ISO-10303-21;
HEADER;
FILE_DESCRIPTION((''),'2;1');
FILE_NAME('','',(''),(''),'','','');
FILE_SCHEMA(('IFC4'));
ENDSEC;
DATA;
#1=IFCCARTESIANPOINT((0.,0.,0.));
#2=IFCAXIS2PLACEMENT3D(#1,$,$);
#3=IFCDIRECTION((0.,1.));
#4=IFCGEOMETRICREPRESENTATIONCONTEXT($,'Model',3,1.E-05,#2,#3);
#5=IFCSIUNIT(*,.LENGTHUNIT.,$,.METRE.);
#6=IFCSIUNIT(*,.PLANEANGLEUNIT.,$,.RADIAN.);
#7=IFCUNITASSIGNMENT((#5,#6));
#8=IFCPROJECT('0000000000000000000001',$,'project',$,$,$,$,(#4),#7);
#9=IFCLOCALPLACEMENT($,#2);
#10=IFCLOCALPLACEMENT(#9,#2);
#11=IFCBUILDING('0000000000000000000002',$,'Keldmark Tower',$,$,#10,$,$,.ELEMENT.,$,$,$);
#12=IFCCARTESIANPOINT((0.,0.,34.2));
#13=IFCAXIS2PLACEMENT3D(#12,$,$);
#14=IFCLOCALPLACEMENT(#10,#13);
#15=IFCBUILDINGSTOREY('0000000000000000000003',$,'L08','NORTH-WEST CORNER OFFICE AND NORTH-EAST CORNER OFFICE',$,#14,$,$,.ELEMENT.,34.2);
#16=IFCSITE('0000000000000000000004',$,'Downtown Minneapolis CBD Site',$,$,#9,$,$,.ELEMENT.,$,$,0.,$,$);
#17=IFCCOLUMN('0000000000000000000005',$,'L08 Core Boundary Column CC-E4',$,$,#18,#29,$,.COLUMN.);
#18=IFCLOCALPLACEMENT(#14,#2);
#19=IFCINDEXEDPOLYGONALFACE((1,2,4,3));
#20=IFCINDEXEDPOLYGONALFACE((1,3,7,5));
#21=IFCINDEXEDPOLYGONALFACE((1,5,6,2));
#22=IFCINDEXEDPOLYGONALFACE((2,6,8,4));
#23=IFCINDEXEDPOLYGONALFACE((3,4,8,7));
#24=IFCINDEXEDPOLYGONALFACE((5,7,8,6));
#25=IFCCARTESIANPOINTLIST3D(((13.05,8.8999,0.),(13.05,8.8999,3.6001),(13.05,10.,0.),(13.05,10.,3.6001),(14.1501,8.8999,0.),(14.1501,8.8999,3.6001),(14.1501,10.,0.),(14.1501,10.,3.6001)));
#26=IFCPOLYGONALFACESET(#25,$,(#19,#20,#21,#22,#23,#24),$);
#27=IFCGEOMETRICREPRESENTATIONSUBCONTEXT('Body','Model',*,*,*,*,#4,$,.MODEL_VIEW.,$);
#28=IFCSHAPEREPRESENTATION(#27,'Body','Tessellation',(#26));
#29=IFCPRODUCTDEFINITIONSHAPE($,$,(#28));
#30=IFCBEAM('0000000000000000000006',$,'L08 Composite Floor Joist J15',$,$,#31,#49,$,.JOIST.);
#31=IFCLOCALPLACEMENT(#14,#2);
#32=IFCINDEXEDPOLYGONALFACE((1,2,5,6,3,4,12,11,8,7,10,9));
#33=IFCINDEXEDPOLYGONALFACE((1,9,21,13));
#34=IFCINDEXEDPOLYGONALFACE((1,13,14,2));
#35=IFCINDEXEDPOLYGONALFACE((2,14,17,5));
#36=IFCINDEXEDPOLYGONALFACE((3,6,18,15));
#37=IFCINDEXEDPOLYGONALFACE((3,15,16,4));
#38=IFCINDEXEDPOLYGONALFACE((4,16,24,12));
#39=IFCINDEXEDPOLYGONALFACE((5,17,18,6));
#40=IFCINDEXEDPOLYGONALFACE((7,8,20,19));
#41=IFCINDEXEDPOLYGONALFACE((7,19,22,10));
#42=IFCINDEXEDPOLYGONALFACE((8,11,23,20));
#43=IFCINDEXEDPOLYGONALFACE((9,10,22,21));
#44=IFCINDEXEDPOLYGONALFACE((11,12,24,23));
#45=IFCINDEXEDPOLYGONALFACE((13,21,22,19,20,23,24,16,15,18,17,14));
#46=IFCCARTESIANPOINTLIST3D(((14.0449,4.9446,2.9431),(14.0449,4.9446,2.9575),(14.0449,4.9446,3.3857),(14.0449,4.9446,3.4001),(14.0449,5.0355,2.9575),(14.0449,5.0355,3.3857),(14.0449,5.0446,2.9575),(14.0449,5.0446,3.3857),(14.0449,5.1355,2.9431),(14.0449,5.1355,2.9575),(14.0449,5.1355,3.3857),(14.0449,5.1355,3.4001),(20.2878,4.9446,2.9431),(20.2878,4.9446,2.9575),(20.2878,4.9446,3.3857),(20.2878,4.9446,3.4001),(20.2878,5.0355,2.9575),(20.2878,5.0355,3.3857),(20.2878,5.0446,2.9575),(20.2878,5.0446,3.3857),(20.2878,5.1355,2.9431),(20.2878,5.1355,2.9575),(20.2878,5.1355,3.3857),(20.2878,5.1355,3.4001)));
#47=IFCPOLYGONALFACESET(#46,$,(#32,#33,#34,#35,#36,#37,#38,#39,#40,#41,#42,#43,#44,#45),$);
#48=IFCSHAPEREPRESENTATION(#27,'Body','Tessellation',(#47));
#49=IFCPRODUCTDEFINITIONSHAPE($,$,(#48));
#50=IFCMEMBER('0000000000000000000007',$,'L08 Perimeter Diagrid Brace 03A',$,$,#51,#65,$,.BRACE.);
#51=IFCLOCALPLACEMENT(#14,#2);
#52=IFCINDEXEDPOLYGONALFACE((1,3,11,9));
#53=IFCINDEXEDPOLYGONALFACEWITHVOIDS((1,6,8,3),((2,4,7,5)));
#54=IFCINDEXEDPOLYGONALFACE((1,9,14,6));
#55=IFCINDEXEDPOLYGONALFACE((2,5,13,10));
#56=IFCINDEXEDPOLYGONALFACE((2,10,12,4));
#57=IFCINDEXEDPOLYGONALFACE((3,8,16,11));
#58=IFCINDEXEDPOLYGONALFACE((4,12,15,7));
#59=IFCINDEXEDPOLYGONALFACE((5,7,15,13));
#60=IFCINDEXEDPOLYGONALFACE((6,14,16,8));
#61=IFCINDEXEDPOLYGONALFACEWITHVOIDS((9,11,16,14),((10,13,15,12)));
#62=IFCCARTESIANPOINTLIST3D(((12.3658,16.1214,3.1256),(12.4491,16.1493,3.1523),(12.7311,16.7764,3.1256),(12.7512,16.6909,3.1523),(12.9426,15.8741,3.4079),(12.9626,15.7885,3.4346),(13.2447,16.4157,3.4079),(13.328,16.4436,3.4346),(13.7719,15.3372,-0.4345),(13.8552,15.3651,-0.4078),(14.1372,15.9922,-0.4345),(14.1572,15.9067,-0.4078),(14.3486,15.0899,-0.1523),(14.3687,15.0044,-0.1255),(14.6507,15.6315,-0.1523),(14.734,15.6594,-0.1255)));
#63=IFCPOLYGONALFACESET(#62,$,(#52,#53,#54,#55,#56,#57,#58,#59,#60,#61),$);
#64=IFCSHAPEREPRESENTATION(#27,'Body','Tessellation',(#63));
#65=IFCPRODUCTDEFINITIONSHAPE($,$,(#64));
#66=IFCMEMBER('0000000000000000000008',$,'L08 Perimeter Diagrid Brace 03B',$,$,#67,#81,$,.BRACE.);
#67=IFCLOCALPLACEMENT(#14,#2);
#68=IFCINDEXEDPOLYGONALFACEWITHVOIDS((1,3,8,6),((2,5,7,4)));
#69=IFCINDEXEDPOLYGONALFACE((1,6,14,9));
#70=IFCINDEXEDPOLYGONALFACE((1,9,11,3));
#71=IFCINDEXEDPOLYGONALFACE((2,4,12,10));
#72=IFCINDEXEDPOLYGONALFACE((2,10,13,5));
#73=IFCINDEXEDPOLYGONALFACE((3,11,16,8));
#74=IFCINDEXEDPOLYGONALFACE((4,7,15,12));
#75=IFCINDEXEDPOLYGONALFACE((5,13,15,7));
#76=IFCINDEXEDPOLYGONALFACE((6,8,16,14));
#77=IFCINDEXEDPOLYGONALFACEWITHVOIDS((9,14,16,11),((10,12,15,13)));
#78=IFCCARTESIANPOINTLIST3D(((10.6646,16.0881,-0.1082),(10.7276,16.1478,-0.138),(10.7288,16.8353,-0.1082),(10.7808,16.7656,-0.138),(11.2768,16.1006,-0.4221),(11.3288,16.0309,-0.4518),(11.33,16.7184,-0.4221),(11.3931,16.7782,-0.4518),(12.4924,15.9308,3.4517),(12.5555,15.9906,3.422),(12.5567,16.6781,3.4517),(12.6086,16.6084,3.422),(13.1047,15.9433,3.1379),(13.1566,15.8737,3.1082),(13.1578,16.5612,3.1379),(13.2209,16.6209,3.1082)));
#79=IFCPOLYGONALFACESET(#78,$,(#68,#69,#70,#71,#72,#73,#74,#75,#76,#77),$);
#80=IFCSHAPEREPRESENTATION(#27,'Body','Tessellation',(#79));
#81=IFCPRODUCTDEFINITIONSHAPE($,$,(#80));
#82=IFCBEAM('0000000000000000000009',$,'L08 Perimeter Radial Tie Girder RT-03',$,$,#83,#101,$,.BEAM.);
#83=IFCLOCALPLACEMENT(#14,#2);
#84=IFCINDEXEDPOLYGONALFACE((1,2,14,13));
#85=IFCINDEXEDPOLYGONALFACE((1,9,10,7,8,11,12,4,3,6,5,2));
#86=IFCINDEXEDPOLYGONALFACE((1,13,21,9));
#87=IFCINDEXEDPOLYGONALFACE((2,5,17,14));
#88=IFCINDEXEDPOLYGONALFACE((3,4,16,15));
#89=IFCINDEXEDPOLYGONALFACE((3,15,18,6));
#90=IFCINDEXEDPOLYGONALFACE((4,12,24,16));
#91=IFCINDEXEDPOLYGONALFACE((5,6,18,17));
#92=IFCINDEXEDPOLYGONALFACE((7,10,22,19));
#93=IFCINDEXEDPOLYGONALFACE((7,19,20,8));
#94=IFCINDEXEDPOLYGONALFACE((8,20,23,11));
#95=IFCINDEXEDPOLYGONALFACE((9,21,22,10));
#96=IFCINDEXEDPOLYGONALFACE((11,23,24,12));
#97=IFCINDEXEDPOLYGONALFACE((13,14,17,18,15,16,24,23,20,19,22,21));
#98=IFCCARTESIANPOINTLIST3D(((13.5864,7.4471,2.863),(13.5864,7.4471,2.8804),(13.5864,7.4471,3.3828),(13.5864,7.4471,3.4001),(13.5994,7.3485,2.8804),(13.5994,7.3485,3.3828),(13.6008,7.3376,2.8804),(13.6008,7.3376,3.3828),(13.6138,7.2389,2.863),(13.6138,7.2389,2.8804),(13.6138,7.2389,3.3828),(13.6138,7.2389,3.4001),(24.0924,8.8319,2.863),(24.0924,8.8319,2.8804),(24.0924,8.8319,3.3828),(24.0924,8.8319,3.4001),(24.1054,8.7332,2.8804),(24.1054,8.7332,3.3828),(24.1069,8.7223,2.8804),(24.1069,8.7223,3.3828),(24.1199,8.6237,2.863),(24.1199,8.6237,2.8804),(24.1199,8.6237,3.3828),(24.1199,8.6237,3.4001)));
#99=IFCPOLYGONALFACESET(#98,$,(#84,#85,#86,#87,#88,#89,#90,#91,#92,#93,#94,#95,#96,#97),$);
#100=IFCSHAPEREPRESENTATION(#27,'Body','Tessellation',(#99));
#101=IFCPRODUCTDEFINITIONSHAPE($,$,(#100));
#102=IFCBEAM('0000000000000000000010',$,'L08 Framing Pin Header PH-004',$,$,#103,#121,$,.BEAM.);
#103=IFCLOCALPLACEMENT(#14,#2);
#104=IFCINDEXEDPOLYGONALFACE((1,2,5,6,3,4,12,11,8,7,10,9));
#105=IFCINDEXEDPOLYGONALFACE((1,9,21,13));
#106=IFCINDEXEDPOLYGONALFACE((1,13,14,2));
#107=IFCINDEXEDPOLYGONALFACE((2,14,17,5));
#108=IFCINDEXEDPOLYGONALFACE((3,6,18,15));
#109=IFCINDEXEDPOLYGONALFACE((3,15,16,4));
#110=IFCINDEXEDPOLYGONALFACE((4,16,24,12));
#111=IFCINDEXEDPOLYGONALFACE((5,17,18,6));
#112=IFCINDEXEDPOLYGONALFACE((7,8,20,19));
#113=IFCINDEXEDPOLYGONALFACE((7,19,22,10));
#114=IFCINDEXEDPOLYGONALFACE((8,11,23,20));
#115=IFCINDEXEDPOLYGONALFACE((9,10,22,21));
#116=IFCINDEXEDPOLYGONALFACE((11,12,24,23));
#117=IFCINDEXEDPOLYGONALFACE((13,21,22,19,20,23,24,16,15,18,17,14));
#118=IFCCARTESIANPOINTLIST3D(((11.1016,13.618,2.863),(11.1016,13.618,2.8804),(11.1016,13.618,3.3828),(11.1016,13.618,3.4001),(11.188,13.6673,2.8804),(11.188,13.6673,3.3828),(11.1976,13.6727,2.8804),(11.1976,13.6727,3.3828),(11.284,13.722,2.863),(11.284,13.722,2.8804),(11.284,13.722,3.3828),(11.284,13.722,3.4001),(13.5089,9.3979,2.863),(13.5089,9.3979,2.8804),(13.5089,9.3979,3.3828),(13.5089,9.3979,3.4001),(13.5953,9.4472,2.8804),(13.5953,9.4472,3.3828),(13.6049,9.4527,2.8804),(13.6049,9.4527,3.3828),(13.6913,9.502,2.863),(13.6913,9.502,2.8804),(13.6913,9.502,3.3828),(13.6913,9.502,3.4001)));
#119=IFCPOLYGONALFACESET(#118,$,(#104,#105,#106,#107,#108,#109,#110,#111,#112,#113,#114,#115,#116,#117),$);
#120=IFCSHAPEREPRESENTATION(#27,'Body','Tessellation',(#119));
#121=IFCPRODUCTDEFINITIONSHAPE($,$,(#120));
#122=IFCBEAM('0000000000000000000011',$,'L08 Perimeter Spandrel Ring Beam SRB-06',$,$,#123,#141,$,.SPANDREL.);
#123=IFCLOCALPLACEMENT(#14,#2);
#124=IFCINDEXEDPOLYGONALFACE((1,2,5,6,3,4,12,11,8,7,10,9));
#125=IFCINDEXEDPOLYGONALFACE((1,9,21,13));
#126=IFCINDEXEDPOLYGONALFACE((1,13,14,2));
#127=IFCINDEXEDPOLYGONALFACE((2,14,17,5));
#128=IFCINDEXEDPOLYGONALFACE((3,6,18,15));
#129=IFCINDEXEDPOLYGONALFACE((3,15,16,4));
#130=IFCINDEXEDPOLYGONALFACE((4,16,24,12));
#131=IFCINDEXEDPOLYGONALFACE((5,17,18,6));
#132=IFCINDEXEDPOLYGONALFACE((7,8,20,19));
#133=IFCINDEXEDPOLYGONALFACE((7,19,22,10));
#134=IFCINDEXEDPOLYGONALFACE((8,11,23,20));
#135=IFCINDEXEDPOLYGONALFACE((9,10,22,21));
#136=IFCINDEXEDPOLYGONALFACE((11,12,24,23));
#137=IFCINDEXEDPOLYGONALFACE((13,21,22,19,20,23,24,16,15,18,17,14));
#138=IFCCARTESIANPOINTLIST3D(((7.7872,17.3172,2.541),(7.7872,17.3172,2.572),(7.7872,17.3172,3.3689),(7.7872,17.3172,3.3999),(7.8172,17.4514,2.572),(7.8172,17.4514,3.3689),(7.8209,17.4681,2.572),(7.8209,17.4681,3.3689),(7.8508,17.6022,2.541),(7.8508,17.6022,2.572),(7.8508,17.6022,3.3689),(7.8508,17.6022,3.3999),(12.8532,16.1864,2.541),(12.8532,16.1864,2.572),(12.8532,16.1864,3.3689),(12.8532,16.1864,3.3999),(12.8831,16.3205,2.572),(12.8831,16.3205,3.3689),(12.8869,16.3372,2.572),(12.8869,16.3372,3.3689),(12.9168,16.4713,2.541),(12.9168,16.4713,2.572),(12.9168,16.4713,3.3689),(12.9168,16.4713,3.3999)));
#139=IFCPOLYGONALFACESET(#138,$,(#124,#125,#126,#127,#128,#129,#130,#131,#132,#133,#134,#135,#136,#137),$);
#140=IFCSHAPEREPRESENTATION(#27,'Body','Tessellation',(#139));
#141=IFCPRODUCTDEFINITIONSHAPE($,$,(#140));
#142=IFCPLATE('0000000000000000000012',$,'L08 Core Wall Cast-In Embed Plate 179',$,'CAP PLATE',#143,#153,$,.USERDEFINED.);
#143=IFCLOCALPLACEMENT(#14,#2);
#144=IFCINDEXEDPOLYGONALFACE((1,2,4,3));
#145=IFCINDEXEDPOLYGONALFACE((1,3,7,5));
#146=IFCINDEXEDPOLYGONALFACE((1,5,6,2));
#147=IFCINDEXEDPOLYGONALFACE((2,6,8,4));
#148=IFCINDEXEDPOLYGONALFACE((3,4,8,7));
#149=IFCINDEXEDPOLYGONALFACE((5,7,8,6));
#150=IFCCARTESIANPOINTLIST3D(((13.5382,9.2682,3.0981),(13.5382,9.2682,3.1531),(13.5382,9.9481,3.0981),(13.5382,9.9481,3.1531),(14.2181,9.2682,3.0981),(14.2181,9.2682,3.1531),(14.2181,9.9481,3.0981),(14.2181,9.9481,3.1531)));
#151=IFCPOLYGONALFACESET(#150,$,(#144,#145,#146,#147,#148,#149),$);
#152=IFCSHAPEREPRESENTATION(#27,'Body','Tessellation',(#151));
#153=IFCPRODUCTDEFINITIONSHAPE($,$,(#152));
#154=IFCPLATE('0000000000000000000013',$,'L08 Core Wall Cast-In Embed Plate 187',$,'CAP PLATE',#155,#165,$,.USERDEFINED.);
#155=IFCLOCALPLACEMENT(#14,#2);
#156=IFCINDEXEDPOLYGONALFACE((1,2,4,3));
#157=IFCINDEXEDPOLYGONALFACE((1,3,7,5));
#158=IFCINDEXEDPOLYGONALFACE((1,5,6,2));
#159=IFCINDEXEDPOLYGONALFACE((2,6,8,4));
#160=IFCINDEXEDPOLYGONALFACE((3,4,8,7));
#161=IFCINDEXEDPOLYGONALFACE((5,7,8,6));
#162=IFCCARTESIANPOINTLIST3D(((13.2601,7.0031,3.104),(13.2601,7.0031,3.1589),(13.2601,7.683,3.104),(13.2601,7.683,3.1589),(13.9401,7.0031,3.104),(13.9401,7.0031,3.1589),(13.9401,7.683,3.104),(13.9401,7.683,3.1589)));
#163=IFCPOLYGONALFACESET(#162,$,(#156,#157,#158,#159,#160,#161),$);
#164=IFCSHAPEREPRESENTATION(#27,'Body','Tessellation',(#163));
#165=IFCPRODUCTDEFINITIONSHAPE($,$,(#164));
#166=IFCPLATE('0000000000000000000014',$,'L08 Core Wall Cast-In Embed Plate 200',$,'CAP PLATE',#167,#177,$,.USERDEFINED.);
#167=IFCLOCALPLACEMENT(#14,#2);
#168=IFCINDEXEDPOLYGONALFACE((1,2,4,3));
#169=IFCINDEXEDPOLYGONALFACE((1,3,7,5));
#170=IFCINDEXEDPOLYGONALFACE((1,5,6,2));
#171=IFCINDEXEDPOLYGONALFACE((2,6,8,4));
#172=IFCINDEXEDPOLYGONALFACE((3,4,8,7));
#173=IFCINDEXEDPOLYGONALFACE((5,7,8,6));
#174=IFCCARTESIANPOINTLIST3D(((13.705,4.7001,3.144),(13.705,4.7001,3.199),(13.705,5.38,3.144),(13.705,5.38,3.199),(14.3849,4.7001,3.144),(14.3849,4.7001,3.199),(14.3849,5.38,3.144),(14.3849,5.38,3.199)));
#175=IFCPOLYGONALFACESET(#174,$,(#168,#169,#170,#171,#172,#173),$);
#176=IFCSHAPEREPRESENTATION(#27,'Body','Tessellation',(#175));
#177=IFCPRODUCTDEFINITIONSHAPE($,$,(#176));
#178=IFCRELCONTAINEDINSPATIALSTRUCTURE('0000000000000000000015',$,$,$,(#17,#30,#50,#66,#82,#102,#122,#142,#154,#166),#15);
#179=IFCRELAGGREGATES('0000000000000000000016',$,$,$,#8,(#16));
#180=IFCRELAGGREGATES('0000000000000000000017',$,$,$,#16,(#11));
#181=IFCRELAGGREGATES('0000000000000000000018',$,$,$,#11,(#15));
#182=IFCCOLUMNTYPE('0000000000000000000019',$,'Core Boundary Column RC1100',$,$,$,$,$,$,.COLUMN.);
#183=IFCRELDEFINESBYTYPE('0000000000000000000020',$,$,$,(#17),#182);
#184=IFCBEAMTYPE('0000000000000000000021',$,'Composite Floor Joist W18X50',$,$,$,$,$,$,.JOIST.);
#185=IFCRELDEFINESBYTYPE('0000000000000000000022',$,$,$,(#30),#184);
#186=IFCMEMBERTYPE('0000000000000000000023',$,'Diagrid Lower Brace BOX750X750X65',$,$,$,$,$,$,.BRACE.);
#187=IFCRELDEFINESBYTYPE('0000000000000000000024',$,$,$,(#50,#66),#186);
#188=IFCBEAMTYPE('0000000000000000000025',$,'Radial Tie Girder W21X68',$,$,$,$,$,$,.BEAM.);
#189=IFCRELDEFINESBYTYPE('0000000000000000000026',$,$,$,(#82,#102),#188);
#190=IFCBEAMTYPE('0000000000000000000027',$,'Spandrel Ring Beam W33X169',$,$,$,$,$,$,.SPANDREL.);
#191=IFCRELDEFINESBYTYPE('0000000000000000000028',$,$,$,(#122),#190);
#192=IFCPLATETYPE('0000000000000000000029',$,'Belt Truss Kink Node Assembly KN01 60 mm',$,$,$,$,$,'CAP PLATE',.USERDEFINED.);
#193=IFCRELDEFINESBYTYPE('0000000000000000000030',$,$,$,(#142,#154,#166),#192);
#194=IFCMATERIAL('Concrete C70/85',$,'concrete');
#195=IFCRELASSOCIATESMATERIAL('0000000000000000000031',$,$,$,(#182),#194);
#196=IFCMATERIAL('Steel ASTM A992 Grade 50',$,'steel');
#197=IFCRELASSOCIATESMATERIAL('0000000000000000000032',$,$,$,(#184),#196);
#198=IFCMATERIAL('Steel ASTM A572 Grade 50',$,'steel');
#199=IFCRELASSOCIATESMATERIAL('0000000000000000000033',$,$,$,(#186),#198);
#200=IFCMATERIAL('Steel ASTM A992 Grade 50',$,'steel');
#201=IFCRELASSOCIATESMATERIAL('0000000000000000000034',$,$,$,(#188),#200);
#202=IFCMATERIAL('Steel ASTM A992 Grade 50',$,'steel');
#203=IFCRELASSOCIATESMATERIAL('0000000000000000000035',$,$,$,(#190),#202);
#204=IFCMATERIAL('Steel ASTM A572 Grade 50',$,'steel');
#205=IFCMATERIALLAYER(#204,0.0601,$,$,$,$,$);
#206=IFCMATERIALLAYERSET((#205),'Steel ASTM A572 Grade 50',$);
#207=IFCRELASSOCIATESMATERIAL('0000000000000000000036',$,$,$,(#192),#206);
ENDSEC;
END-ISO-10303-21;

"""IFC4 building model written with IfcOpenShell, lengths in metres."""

from ifc_helpers import new_model, si_unit, direction, frame, origin, origin_2d, place, context, subcontext, project, spatial, rectangle, hollow_rectangle, i_section, extrude, material, layer, layer_set, material_profile, profile_set, type_object, element, save


model = new_model("IFC4")

# Units and contexts
model_context = context("Model", 3, precision=1e-05, world=origin(), true_north=direction((0.0, 1.0)))
body_context = subcontext(model_context, "Body", "Model", "MODEL_VIEW")
ifc_project = project(units=[si_unit("LENGTHUNIT", "METRE"), si_unit("PLANEANGLEUNIT", "RADIAN")], contexts=[model_context])

# Site, building, storey
site_placement = place(None, origin())
site = spatial("IfcSite", under=ifc_project, at=site_placement, Name="Downtown Minneapolis CBD Site", CompositionType="ELEMENT", RefElevation=0.0)
building_placement = place(site_placement, origin())
building = spatial("IfcBuilding", under=site, at=building_placement, Name="Keldmark Tower", CompositionType="ELEMENT")
storey_placement = place(building_placement, frame((0.0, 0.0, 34.2)))
storey = spatial("IfcBuildingStorey", under=building, at=storey_placement, Name="L08", Description="NORTH-WEST CORNER OFFICE AND NORTH-EAST CORNER OFFICE", CompositionType="ELEMENT", Elevation=34.2)

# Column
ifc_material_1 = material(Name="Concrete C70/85", Category="concrete")
ifc_material_profile_1 = material_profile(ifc_material_1, rectangle(XDim=1.1001, YDim=1.1001, at=origin_2d()), Name="RC1100X1100")
ifc_profile_set_1 = profile_set([ifc_material_profile_1], Name="Concrete C70/85")
column_type = type_object("IfcColumnType", Name="Core Boundary Column RC1100", PredefinedType="COLUMN", material=ifc_profile_set_1)
column_placement = place(storey_placement, frame((13.6001, 9.45, 0.0), z_axis=(0.0, 0.0, 1.0), x_axis=(1.0, 0.0, 0.0)))
element("IfcColumn", 1, at=column_placement, inside=storey, type_object=column_type, Name="L08 Core Boundary Column CC-E4", PredefinedType="COLUMN", context=body_context, shape_type="SweptSolid", body=[
    extrude(rectangle(XDim=1.1001, YDim=1.1001, at=origin_2d()), origin(), (0.0, 0.0, 1.0), 3.6001),
])

# Beam
ifc_material_2 = material(Name="Steel ASTM A992 Grade 50", Category="steel")
ifc_material_profile_2 = material_profile(ifc_material_2, i_section(OverallWidth=0.1909, OverallDepth=0.457, WebThickness=0.009, FlangeThickness=0.0144, at=origin_2d()), Name="W18X50")
ifc_profile_set_2 = profile_set([ifc_material_profile_2], Name="Steel ASTM A992 Grade 50")
beam_type_1 = type_object("IfcBeamType", Name="Composite Floor Joist W18X50", PredefinedType="JOIST", material=ifc_profile_set_2)
beam_1_placement = place(storey_placement, frame((14.0449, 5.04, 3.1716), z_axis=(1.0, 0.0, 0.0), x_axis=(0.0, 1.0, 0.0)))
element("IfcBeam", 2, at=beam_1_placement, inside=storey, type_object=beam_type_1, Name="L08 Composite Floor Joist J15", PredefinedType="JOIST", context=body_context, shape_type="SweptSolid", body=[
    extrude(i_section(OverallWidth=0.1909, OverallDepth=0.457, WebThickness=0.009, FlangeThickness=0.0144, at=origin_2d()), origin(), (0.0, 0.0, 1.0), 6.2429),
])

# Members
ifc_material_3 = material(Name="Steel ASTM A572 Grade 50", Category="steel")
ifc_material_profile_3 = material_profile(ifc_material_3, hollow_rectangle(XDim=0.75, YDim=0.75, WallThickness=0.0649, at=origin_2d()), Name="BOX750X750X65")
ifc_profile_set_3 = profile_set([ifc_material_profile_3], Name="Steel ASTM A572 Grade 50")
member_type = type_object("IfcMemberType", Name="Diagrid Lower Brace BOX750X750X65", PredefinedType="BRACE", material=ifc_profile_set_3)
member_1_placement = place(storey_placement, frame((14.2529, 15.4983, -0.28), z_axis=(-0.359855, 0.200704, 0.911165), x_axis=(-0.487097, -0.873348, 0.0)))
element("IfcMember", 3, at=member_1_placement, inside=storey, type_object=member_type, Name="L08 Perimeter Diagrid Brace 03A", PredefinedType="BRACE", context=body_context, shape_type="SweptSolid", body=[
    extrude(hollow_rectangle(XDim=0.75, YDim=0.75, WallThickness=0.0649, at=origin_2d()), origin(), (0.0, 0.0, 1.0), 3.9072),
])
member_2_placement = place(storey_placement, frame((11.0288, 16.4331, -0.28), z_axis=(0.456402, -0.039258, 0.888907), x_axis=(0.085699, 0.996321, 0.0)))
element("IfcMember", 4, at=member_2_placement, inside=storey, type_object=member_type, Name="L08 Perimeter Diagrid Brace 03B", PredefinedType="BRACE", context=body_context, shape_type="SweptSolid", body=[
    extrude(hollow_rectangle(XDim=0.75, YDim=0.75, WallThickness=0.0649, at=origin_2d()), origin(), (0.0, 0.0, 1.0), 4.0049),
])

# Beams
ifc_material_4 = material(Name="Steel ASTM A992 Grade 50", Category="steel")
ifc_material_profile_4 = material_profile(ifc_material_4, i_section(OverallWidth=0.21, OverallDepth=0.5371, WebThickness=0.011, FlangeThickness=0.0173, at=origin_2d()), Name="W21X68")
ifc_profile_set_4 = profile_set([ifc_material_profile_4], Name="Steel ASTM A992 Grade 50")
beam_type_2 = type_object("IfcBeamType", Name="Radial Tie Girder W21X68", PredefinedType="BEAM", material=ifc_profile_set_4)
beam_2_placement = place(storey_placement, frame((13.6001, 7.343, 3.1316), z_axis=(0.991425, 0.130676, 0.0), x_axis=(-0.130676, 0.991425, 0.0)))
element("IfcBeam", 5, at=beam_2_placement, inside=storey, type_object=beam_type_2, Name="L08 Perimeter Radial Tie Girder RT-03", PredefinedType="BEAM", context=body_context, shape_type="SweptSolid", body=[
    extrude(i_section(OverallWidth=0.21, OverallDepth=0.5371, WebThickness=0.011, FlangeThickness=0.0173, at=origin_2d()), origin(), (0.0, 0.0, 1.0), 10.5969),
])
beam_3_placement = place(storey_placement, frame((13.6001, 9.45, 3.1316), z_axis=(-0.495489, 0.868614, 0.0), x_axis=(-0.868614, -0.495489, 0.0)))
element("IfcBeam", 6, at=beam_3_placement, inside=storey, type_object=beam_type_2, Name="L08 Framing Pin Header PH-004", PredefinedType="BEAM", context=body_context, shape_type="SweptSolid", body=[
    extrude(i_section(OverallWidth=0.21, OverallDepth=0.5371, WebThickness=0.011, FlangeThickness=0.0173, at=origin_2d()), origin(), (0.0, 0.0, 1.0), 4.8584),
])
ifc_material_5 = material(Name="Steel ASTM A992 Grade 50", Category="steel")
ifc_material_profile_5 = material_profile(ifc_material_5, i_section(OverallWidth=0.292, OverallDepth=0.8589, WebThickness=0.0171, FlangeThickness=0.031, at=origin_2d()), Name="W33X169")
ifc_profile_set_5 = profile_set([ifc_material_profile_5], Name="Steel ASTM A992 Grade 50")
beam_type_3 = type_object("IfcBeamType", Name="Spandrel Ring Beam W33X169", PredefinedType="SPANDREL", material=ifc_profile_set_5)
beam_4_placement = place(storey_placement, frame((12.885, 16.3289, 2.9705), z_axis=(-0.975979, 0.217867, 0.0), x_axis=(-0.217867, -0.975979, 0.0)))
element("IfcBeam", 7, at=beam_4_placement, inside=storey, type_object=beam_type_3, Name="L08 Perimeter Spandrel Ring Beam SRB-06", PredefinedType="SPANDREL", context=body_context, shape_type="SweptSolid", body=[
    extrude(i_section(OverallWidth=0.292, OverallDepth=0.8589, WebThickness=0.0171, FlangeThickness=0.031, at=origin_2d()), origin(), (0.0, 0.0, 1.0), 5.1907),
])

# Plates
ifc_material_6 = material(Name="Steel ASTM A572 Grade 50", Category="steel")
ifc_layer_1 = layer(ifc_material_6, 0.0601)
ifc_layer_set_1 = layer_set([ifc_layer_1], Name="Steel ASTM A572 Grade 50")
plate_type_1 = type_object("IfcPlateType", Name="Belt Truss Kink Node Assembly KN01 60 mm", ElementType="CAP PLATE", PredefinedType="USERDEFINED", material=ifc_layer_set_1)
for number, where, z_axis, x_axis, name in (
    (8, (13.8782, 9.6082, 3.0981), (0.0, 0.0, 1.0), (1.0, 0.0, 0.0), "L08 Core Wall Cast-In Embed Plate 179"),
    (9, (13.6001, 7.343, 3.104), (0.0, 0.0, 1.0), (1.0, 0.0, 0.0), "L08 Core Wall Cast-In Embed Plate 187"),
    (10, (14.0449, 5.04, 3.144), (0.0, 0.0, 1.0), (1.0, 0.0, 0.0), "L08 Core Wall Cast-In Embed Plate 200"),
):
    element("IfcPlate", number, at=place(storey_placement, frame(where, z_axis=z_axis, x_axis=x_axis)), inside=storey, type_object=plate_type_1, Name=name, ObjectType="CAP PLATE", PredefinedType="USERDEFINED", context=body_context, shape_type="SweptSolid", body=[
        extrude(rectangle(XDim=0.6799, YDim=0.6799, at=origin_2d()), origin(), (0.0, 0.0, 1.0), 0.0549),
    ])

save(model, "model.ifc")
